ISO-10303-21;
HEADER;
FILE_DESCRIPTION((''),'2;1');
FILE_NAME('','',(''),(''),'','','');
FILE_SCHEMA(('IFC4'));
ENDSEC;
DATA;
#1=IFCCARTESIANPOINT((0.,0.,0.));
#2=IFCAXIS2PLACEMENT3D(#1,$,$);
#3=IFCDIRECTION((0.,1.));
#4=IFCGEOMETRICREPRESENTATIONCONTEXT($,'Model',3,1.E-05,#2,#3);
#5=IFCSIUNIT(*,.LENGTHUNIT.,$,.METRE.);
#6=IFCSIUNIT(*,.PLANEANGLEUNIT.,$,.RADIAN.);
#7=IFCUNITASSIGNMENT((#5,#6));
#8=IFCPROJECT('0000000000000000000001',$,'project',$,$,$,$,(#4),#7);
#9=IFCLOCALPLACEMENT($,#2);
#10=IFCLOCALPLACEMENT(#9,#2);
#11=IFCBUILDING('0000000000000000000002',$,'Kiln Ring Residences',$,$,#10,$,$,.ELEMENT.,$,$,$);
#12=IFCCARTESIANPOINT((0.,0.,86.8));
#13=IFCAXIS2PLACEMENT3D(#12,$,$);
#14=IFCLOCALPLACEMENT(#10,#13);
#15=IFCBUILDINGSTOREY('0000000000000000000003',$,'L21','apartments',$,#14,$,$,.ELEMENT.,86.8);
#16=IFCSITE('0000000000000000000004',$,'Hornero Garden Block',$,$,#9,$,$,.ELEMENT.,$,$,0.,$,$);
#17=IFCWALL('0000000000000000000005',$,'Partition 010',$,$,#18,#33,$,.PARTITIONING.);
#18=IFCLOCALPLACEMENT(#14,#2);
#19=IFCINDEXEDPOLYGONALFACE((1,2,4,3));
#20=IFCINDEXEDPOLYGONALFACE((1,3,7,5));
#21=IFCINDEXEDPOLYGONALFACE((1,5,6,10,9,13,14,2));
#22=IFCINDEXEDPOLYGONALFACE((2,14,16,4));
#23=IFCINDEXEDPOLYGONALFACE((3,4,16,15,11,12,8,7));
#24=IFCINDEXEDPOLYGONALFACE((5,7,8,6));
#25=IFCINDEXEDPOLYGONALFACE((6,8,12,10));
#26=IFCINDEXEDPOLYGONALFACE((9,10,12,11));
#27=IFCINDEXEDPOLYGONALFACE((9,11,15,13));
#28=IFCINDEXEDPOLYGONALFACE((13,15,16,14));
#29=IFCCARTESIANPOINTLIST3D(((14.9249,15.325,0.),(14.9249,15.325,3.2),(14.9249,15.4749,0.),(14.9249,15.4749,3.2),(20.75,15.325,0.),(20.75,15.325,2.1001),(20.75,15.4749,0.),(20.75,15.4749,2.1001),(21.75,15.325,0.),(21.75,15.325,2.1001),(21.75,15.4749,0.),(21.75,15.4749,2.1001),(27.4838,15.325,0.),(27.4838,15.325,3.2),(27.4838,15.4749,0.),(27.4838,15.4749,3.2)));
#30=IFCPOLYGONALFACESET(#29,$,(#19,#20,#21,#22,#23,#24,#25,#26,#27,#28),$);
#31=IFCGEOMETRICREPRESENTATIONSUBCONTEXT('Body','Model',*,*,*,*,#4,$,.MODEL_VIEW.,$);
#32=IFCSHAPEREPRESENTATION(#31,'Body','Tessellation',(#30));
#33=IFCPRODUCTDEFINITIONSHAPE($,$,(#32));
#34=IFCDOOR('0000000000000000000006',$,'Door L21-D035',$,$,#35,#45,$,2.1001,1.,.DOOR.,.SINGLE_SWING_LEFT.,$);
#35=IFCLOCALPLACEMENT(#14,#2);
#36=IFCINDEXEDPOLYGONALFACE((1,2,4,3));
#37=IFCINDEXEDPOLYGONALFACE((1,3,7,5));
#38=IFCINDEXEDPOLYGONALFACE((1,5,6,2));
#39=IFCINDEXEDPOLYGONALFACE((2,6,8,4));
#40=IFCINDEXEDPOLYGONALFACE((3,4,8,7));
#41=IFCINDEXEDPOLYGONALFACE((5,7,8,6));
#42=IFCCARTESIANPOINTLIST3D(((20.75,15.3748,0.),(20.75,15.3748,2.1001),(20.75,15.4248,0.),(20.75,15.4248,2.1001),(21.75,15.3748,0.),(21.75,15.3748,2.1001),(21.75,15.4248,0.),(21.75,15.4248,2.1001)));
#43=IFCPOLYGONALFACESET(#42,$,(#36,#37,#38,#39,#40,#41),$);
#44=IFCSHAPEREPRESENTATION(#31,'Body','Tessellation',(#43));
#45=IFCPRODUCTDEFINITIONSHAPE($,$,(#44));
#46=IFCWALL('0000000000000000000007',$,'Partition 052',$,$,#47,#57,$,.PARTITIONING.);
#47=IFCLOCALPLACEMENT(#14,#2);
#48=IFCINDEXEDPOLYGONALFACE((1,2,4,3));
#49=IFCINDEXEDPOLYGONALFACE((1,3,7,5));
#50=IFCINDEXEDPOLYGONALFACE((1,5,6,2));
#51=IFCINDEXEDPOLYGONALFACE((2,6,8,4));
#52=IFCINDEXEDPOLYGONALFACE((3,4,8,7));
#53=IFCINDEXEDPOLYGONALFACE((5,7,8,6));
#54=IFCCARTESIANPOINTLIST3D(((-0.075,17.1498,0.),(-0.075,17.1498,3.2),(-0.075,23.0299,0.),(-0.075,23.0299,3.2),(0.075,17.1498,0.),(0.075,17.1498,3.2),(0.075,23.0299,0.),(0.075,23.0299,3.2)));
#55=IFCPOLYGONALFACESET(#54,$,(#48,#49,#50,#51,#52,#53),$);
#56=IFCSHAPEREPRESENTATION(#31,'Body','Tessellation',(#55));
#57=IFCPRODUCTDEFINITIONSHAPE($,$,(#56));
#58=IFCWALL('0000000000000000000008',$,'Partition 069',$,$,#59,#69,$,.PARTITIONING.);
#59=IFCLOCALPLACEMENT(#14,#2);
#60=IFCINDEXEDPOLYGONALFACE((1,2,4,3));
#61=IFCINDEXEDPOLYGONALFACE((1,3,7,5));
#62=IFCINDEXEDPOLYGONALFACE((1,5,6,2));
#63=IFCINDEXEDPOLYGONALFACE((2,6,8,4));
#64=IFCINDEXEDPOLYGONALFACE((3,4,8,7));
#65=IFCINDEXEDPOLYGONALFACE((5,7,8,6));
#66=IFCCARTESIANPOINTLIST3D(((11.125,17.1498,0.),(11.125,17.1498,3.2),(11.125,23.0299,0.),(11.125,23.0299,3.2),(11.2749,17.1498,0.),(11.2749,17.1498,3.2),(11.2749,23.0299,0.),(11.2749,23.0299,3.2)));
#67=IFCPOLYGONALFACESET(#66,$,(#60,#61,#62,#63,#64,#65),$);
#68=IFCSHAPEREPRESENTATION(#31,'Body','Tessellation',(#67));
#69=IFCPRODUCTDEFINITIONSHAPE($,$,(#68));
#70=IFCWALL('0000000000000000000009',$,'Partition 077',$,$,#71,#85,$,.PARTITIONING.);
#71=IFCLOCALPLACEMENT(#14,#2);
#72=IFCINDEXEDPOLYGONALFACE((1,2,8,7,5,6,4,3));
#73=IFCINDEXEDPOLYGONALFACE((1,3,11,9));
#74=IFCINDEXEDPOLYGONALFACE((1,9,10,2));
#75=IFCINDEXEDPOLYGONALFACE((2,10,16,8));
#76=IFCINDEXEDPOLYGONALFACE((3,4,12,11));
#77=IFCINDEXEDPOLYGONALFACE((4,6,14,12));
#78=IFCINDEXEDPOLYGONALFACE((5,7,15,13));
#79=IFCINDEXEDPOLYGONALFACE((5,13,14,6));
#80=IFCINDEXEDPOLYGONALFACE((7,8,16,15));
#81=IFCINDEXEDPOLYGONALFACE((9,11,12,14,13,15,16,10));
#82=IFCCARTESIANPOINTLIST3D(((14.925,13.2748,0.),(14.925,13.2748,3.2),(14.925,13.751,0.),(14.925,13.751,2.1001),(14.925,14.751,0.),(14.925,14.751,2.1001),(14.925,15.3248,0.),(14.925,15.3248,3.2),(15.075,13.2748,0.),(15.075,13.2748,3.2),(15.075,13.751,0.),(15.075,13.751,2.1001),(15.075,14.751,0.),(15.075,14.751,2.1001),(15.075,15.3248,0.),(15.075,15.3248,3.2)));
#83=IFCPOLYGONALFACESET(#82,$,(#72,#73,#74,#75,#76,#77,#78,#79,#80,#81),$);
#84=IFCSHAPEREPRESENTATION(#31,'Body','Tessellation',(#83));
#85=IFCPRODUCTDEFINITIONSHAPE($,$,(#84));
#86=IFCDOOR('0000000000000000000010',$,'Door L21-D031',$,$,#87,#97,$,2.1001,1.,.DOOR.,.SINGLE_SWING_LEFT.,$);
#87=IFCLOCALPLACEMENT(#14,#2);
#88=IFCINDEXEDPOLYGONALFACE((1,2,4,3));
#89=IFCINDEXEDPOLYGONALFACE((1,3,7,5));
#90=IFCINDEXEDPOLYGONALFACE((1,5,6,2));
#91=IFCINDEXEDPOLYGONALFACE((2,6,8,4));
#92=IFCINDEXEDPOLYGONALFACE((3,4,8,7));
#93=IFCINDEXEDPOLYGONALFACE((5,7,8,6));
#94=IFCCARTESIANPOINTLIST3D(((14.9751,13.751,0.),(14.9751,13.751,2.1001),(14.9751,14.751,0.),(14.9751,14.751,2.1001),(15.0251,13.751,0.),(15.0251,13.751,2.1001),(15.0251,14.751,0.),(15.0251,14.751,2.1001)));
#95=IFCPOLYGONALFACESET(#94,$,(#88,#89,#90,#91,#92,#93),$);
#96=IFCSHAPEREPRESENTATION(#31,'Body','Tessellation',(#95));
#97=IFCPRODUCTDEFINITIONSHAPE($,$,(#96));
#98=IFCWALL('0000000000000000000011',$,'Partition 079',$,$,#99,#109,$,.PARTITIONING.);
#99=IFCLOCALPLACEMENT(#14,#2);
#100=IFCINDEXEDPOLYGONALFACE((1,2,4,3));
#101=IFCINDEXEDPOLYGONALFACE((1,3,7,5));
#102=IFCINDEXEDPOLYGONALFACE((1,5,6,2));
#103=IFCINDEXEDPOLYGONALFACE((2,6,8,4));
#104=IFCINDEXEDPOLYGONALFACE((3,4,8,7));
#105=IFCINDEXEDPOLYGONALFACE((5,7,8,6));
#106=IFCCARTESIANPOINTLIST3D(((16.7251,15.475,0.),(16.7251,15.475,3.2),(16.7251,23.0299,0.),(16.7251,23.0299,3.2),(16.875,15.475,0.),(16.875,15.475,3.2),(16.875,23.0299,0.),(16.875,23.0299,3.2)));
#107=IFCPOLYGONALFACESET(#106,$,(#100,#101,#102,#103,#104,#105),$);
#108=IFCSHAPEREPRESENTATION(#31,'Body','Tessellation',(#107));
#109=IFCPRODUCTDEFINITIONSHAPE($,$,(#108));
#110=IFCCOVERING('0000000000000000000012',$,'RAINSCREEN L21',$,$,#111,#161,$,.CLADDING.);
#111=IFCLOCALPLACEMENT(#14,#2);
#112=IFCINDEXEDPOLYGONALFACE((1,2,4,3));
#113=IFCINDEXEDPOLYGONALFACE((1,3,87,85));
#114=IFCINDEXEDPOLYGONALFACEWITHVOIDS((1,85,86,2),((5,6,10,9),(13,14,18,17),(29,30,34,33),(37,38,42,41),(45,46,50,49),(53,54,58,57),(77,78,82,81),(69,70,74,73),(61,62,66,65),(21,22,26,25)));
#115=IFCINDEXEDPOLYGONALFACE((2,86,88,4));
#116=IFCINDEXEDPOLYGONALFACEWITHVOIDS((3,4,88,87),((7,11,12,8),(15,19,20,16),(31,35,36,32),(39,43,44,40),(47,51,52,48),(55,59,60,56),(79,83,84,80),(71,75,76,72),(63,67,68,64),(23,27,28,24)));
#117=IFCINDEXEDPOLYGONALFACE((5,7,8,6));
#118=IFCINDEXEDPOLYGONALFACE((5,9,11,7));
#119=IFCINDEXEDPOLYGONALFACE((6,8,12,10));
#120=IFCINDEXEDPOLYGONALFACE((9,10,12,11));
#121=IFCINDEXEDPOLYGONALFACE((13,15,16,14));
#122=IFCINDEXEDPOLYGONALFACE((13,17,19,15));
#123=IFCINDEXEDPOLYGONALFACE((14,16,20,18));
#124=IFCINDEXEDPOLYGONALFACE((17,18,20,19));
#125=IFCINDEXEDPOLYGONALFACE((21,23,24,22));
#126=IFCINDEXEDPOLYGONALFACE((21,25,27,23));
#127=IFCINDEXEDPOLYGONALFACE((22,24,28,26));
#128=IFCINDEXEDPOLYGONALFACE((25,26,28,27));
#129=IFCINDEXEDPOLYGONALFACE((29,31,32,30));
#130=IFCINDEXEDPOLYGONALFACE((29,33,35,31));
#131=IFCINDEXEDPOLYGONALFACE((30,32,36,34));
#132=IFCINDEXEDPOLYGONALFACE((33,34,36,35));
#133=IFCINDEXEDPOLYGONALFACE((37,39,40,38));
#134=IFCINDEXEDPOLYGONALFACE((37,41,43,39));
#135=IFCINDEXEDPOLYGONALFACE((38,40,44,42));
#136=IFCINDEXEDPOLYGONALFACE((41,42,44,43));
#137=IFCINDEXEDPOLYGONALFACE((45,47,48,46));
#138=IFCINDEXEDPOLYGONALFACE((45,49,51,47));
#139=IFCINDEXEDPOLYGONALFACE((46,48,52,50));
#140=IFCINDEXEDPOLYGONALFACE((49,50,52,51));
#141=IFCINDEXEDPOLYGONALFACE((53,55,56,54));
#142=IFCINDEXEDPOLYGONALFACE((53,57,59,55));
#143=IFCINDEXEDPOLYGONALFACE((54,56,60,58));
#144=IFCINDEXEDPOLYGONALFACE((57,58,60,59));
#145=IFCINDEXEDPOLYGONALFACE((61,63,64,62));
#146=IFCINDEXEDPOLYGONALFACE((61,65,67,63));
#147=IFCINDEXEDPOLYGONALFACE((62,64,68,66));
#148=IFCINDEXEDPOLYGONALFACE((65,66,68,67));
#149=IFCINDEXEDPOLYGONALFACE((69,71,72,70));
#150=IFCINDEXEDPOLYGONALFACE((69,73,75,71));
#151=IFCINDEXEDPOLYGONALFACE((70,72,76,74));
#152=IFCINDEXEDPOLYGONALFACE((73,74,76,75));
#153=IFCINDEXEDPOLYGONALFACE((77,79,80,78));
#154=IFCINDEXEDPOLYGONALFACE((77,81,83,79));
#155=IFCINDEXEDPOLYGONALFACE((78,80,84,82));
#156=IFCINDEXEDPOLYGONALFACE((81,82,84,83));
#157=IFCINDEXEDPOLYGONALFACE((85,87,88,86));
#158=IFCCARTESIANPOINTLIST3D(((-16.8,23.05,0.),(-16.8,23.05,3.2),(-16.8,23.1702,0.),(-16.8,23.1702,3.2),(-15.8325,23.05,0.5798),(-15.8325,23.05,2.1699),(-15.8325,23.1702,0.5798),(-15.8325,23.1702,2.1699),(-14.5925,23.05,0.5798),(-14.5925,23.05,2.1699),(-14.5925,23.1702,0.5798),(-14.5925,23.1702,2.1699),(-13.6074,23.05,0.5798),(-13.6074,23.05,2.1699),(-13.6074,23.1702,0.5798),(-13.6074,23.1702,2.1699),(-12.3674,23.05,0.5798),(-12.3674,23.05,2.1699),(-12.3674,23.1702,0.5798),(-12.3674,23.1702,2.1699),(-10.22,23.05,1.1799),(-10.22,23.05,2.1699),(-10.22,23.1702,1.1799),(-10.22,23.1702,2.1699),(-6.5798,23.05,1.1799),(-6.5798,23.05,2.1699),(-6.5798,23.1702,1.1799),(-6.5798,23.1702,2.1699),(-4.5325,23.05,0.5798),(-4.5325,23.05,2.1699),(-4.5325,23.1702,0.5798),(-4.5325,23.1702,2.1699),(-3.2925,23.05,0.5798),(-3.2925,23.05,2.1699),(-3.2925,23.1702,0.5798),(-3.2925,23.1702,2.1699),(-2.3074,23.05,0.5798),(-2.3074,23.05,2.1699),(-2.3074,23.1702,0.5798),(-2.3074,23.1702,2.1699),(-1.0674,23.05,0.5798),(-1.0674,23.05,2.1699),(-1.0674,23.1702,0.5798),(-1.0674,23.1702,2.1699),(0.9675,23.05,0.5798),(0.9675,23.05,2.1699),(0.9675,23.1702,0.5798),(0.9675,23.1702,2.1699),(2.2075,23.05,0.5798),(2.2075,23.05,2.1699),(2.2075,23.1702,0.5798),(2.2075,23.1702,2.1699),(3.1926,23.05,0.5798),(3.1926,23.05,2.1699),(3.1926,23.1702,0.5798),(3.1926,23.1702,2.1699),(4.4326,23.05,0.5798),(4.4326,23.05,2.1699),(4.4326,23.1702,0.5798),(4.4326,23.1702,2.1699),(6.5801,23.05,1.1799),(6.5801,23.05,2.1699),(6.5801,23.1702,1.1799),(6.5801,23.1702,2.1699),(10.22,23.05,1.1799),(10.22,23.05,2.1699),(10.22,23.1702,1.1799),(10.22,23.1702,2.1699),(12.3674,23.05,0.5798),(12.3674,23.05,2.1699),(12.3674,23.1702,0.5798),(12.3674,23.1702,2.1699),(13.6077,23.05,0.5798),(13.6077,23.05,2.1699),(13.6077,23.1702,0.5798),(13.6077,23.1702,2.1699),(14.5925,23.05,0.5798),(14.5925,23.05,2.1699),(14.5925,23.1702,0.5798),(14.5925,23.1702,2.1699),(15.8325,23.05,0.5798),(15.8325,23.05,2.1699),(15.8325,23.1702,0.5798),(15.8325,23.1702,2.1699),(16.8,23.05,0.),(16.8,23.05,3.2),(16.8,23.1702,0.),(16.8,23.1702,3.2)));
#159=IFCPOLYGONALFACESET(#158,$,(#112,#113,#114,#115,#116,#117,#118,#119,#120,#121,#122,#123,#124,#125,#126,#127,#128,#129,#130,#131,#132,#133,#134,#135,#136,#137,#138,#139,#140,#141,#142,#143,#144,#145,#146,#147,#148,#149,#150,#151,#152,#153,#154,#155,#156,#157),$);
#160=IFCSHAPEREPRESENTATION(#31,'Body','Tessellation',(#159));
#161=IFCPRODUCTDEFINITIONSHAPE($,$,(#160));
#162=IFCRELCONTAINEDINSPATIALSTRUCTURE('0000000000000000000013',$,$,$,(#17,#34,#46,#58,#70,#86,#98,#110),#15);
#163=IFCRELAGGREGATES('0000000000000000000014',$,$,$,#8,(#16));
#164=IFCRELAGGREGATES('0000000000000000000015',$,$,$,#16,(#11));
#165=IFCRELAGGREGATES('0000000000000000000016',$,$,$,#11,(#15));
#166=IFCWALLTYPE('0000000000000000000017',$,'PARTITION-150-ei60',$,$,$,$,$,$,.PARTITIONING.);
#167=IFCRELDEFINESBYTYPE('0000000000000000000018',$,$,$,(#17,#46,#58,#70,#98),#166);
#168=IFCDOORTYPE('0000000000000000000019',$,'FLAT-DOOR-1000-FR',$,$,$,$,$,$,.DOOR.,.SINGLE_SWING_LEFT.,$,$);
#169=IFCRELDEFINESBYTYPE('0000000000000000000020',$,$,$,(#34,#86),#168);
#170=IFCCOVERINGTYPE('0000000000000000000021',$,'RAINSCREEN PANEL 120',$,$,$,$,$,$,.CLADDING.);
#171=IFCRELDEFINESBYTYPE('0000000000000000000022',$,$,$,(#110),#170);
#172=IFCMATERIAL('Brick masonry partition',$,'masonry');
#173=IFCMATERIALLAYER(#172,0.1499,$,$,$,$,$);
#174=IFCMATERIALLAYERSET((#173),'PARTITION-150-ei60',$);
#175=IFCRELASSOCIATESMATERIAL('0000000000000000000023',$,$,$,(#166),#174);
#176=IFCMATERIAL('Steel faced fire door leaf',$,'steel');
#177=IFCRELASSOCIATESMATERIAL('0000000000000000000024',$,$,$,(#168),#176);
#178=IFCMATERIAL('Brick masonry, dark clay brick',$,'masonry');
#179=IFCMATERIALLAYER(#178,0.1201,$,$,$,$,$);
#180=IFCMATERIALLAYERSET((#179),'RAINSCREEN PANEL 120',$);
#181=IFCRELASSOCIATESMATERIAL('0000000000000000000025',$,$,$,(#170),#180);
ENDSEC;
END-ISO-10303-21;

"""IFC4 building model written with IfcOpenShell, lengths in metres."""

from ifc_helpers import new_model, si_unit, direction, frame, frame_2d, origin, place, context, subcontext, project, spatial, polyline, rectangle, outline, extrude, material, layer, layer_set, type_object, element, fill, save


model = new_model("IFC4")

# Units and contexts
model_context = context("Model", 3, precision=1e-05, world=origin(), true_north=direction((0.0, 1.0)))
body_context = subcontext(model_context, "Body", "Model", "MODEL_VIEW")
ifc_project = project(units=[si_unit("LENGTHUNIT", "METRE"), si_unit("PLANEANGLEUNIT", "RADIAN")], contexts=[model_context])

# Site, building, storey
site_placement = place(None, origin())
site = spatial("IfcSite", under=ifc_project, at=site_placement, Name="Hornero Garden Block", CompositionType="ELEMENT", RefElevation=0.0)
building_placement = place(site_placement, origin())
building = spatial("IfcBuilding", under=site, at=building_placement, Name="Kiln Ring Residences", CompositionType="ELEMENT")
storey_placement = place(building_placement, frame((0.0, 0.0, 86.8)))
storey = spatial("IfcBuildingStorey", under=building, at=storey_placement, Name="L21", Description="apartments", CompositionType="ELEMENT", Elevation=86.8)

# Wall, opening, door
ifc_material_1 = material(Name="Brick masonry partition", Category="masonry")
ifc_layer_1 = layer(ifc_material_1, 0.1499)
ifc_layer_set_1 = layer_set([ifc_layer_1], Name="PARTITION-150-ei60")
wall_type_1 = type_object("IfcWallType", Name="PARTITION-150-ei60", PredefinedType="PARTITIONING", material=ifc_layer_set_1)
wall_1_placement = place(storey_placement, frame((14.925, 15.3999, 0.0), z_axis=(0.0, 0.0, 1.0), x_axis=(1.0, 0.0, 0.0)))
wall_1 = element("IfcWall", 1, at=wall_1_placement, inside=storey, type_object=wall_type_1, Name="Partition 010", PredefinedType="PARTITIONING", context=body_context, shape_type="SweptSolid", body=[
    extrude(rectangle(XDim=12.5588, YDim=0.1499, at=frame_2d((6.2793, 0.0))), origin(), (0.0, 0.0, 1.0), 3.2),
])
opening_1_placement = place(wall_1_placement, frame((5.825, 0.0, 0.0)))
opening_1 = element("IfcOpeningElement", 2, at=opening_1_placement, cuts=wall_1, PredefinedType="OPENING", context=body_context, shape_type="SweptSolid", body=[
    extrude(rectangle(XDim=1.0, YDim=2.1001, at=frame_2d((0.5, 1.05))), frame((0.0, 0.085, 0.0), z_axis=(0.0, -1.0, 0.0), x_axis=(1.0, 0.0, 0.0)), (0.0, 0.0, 1.0), 0.1699),
])
ifc_material_2 = material(Name="Steel faced fire door leaf", Category="steel")
door_type_1 = type_object("IfcDoorType", Name="FLAT-DOOR-1000-FR", OperationType="SINGLE_SWING_LEFT", PredefinedType="DOOR", material=ifc_material_2)
door_1_placement = place(opening_1_placement, origin())
door_1 = element("IfcDoor", 3, at=door_1_placement, inside=storey, type_object=door_type_1, Name="Door L21-D035", OperationType="SINGLE_SWING_LEFT", OverallHeight=2.1001, OverallWidth=1.0, PredefinedType="DOOR", context=body_context, shape_type="SweptSolid", body=[
    extrude(rectangle(XDim=1.0, YDim=2.1001, at=frame_2d((0.5, 1.05))), frame((0.0, 0.0249, 0.0), z_axis=(0.0, -1.0, 0.0), x_axis=(1.0, 0.0, 0.0)), (0.0, 0.0, 1.0), 0.05),
])
fill(opening_1, door_1)

# Walls
for number, where, z_axis, x_axis, name in (
    (4, (0.0, 17.1499, 0.0), (0.0, 0.0, 1.0), (0.0, 1.0, 0.0), "Partition 052"),
    (5, (11.2, 17.1499, 0.0), (0.0, 0.0, 1.0), (0.0, 1.0, 0.0), "Partition 069"),
):
    element("IfcWall", number, at=place(storey_placement, frame(where, z_axis=z_axis, x_axis=x_axis)), inside=storey, type_object=wall_type_1, Name=name, PredefinedType="PARTITIONING", context=body_context, shape_type="SweptSolid", body=[
        extrude(rectangle(XDim=5.8801, YDim=0.1499, at=frame_2d((2.9399, 0.0))), origin(), (0.0, 0.0, 1.0), 3.2),
    ])

# Wall, opening, door
wall_2_placement = place(storey_placement, frame((15.0, 13.2749, 0.0), z_axis=(0.0, 0.0, 1.0), x_axis=(0.0, 1.0, 0.0)))
wall_2 = element("IfcWall", 6, at=wall_2_placement, inside=storey, type_object=wall_type_1, Name="Partition 077", PredefinedType="PARTITIONING", context=body_context, shape_type="SweptSolid", body=[
    extrude(rectangle(XDim=2.05, YDim=0.1499, at=frame_2d((1.0249, 0.0))), origin(), (0.0, 0.0, 1.0), 3.2),
])
opening_2_placement = place(wall_2_placement, frame((0.4761, 0.0, 0.0)))
opening_2 = element("IfcOpeningElement", 7, at=opening_2_placement, cuts=wall_2, PredefinedType="OPENING", context=body_context, shape_type="SweptSolid", body=[
    extrude(rectangle(XDim=1.0, YDim=2.1001, at=frame_2d((0.5, 1.05))), frame((0.0, 0.085, 0.0), z_axis=(0.0, -1.0, 0.0), x_axis=(1.0, 0.0, 0.0)), (0.0, 0.0, 1.0), 0.1699),
])
door_2_placement = place(opening_2_placement, origin())
door_2 = element("IfcDoor", 8, at=door_2_placement, inside=storey, type_object=door_type_1, Name="Door L21-D031", OperationType="SINGLE_SWING_LEFT", OverallHeight=2.1001, OverallWidth=1.0, PredefinedType="DOOR", context=body_context, shape_type="SweptSolid", body=[
    extrude(rectangle(XDim=1.0, YDim=2.1001, at=frame_2d((0.5, 1.05))), frame((0.0, 0.0249, 0.0), z_axis=(0.0, -1.0, 0.0), x_axis=(1.0, 0.0, 0.0)), (0.0, 0.0, 1.0), 0.05),
])
fill(opening_2, door_2)

# Wall
wall_3_placement = place(storey_placement, frame((16.8, 15.4751, 0.0), z_axis=(0.0, 0.0, 1.0), x_axis=(0.0, 1.0, 0.0)))
element("IfcWall", 9, at=wall_3_placement, inside=storey, type_object=wall_type_1, Name="Partition 079", PredefinedType="PARTITIONING", context=body_context, shape_type="SweptSolid", body=[
    extrude(rectangle(XDim=7.5549, YDim=0.1499, at=frame_2d((3.7773, 0.0))), origin(), (0.0, 0.0, 1.0), 3.2),
])

# Covering
ifc_material_3 = material(Name="Brick masonry, dark clay brick", Category="masonry")
ifc_layer_2 = layer(ifc_material_3, 0.1201)
ifc_layer_set_2 = layer_set([ifc_layer_2], Name="RAINSCREEN PANEL 120")
covering_type = type_object("IfcCoveringType", Name="RAINSCREEN PANEL 120", PredefinedType="CLADDING", material=ifc_layer_set_2)
covering_placement = place(storey_placement, frame((16.8, 23.1101, 0.0), z_axis=(0.0, 0.0, 1.0), x_axis=(-1.0, 0.0, 0.0)))
element("IfcCovering", 10, at=covering_placement, inside=storey, type_object=covering_type, Name="RAINSCREEN L21", PredefinedType="CLADDING", context=body_context, shape_type="SweptSolid", body=[
    extrude(outline(polyline([(0.0, 0.0), (33.6001, 0.0), (33.6001, 3.2), (0.0, 3.2), (0.0, 0.0)]), holes=[polyline([(0.9675, 0.5798), (2.2075, 0.5798), (2.2075, 2.1699), (0.9675, 2.1699), (0.9675, 0.5798)]), polyline([(3.1924, 0.5798), (4.4326, 0.5798), (4.4326, 2.1699), (3.1924, 2.1699), (3.1924, 0.5798)]), polyline([(12.3674, 0.5798), (13.6074, 0.5798), (13.6074, 2.1699), (12.3674, 2.1699), (12.3674, 0.5798)]), polyline([(14.5925, 2.1699), (14.5925, 0.5798), (15.8325, 0.5798), (15.8325, 2.1699), (14.5925, 2.1699)]), polyline([(17.8674, 2.1699), (17.8674, 0.5798), (19.1074, 0.5798), (19.1074, 2.1699), (17.8674, 2.1699)]), polyline([(20.0925, 0.5798), (21.3325, 0.5798), (21.3325, 2.1699), (20.0925, 2.1699), (20.0925, 0.5798)]), polyline([(29.1675, 0.5798), (30.4075, 0.5798), (30.4075, 2.1699), (29.1675, 2.1699), (29.1675, 0.5798)]), polyline([(31.3926, 0.5798), (32.6326, 0.5798), (32.6326, 2.1699), (31.3926, 2.1699), (31.3926, 0.5798)]), polyline([(6.5801, 2.1699), (6.5801, 1.1799), (10.22, 1.1799), (10.22, 2.1699), (6.5801, 2.1699)]), polyline([(23.3799, 2.1699), (23.3799, 1.1799), (27.02, 1.1799), (27.02, 2.1699), (23.3799, 2.1699)])]), frame((0.0, 0.0601, 0.0), z_axis=(0.0, -1.0, 0.0), x_axis=(1.0, 0.0, 0.0)), (0.0, 0.0, 1.0), 0.1201),
])

save(model, "model.ifc")
